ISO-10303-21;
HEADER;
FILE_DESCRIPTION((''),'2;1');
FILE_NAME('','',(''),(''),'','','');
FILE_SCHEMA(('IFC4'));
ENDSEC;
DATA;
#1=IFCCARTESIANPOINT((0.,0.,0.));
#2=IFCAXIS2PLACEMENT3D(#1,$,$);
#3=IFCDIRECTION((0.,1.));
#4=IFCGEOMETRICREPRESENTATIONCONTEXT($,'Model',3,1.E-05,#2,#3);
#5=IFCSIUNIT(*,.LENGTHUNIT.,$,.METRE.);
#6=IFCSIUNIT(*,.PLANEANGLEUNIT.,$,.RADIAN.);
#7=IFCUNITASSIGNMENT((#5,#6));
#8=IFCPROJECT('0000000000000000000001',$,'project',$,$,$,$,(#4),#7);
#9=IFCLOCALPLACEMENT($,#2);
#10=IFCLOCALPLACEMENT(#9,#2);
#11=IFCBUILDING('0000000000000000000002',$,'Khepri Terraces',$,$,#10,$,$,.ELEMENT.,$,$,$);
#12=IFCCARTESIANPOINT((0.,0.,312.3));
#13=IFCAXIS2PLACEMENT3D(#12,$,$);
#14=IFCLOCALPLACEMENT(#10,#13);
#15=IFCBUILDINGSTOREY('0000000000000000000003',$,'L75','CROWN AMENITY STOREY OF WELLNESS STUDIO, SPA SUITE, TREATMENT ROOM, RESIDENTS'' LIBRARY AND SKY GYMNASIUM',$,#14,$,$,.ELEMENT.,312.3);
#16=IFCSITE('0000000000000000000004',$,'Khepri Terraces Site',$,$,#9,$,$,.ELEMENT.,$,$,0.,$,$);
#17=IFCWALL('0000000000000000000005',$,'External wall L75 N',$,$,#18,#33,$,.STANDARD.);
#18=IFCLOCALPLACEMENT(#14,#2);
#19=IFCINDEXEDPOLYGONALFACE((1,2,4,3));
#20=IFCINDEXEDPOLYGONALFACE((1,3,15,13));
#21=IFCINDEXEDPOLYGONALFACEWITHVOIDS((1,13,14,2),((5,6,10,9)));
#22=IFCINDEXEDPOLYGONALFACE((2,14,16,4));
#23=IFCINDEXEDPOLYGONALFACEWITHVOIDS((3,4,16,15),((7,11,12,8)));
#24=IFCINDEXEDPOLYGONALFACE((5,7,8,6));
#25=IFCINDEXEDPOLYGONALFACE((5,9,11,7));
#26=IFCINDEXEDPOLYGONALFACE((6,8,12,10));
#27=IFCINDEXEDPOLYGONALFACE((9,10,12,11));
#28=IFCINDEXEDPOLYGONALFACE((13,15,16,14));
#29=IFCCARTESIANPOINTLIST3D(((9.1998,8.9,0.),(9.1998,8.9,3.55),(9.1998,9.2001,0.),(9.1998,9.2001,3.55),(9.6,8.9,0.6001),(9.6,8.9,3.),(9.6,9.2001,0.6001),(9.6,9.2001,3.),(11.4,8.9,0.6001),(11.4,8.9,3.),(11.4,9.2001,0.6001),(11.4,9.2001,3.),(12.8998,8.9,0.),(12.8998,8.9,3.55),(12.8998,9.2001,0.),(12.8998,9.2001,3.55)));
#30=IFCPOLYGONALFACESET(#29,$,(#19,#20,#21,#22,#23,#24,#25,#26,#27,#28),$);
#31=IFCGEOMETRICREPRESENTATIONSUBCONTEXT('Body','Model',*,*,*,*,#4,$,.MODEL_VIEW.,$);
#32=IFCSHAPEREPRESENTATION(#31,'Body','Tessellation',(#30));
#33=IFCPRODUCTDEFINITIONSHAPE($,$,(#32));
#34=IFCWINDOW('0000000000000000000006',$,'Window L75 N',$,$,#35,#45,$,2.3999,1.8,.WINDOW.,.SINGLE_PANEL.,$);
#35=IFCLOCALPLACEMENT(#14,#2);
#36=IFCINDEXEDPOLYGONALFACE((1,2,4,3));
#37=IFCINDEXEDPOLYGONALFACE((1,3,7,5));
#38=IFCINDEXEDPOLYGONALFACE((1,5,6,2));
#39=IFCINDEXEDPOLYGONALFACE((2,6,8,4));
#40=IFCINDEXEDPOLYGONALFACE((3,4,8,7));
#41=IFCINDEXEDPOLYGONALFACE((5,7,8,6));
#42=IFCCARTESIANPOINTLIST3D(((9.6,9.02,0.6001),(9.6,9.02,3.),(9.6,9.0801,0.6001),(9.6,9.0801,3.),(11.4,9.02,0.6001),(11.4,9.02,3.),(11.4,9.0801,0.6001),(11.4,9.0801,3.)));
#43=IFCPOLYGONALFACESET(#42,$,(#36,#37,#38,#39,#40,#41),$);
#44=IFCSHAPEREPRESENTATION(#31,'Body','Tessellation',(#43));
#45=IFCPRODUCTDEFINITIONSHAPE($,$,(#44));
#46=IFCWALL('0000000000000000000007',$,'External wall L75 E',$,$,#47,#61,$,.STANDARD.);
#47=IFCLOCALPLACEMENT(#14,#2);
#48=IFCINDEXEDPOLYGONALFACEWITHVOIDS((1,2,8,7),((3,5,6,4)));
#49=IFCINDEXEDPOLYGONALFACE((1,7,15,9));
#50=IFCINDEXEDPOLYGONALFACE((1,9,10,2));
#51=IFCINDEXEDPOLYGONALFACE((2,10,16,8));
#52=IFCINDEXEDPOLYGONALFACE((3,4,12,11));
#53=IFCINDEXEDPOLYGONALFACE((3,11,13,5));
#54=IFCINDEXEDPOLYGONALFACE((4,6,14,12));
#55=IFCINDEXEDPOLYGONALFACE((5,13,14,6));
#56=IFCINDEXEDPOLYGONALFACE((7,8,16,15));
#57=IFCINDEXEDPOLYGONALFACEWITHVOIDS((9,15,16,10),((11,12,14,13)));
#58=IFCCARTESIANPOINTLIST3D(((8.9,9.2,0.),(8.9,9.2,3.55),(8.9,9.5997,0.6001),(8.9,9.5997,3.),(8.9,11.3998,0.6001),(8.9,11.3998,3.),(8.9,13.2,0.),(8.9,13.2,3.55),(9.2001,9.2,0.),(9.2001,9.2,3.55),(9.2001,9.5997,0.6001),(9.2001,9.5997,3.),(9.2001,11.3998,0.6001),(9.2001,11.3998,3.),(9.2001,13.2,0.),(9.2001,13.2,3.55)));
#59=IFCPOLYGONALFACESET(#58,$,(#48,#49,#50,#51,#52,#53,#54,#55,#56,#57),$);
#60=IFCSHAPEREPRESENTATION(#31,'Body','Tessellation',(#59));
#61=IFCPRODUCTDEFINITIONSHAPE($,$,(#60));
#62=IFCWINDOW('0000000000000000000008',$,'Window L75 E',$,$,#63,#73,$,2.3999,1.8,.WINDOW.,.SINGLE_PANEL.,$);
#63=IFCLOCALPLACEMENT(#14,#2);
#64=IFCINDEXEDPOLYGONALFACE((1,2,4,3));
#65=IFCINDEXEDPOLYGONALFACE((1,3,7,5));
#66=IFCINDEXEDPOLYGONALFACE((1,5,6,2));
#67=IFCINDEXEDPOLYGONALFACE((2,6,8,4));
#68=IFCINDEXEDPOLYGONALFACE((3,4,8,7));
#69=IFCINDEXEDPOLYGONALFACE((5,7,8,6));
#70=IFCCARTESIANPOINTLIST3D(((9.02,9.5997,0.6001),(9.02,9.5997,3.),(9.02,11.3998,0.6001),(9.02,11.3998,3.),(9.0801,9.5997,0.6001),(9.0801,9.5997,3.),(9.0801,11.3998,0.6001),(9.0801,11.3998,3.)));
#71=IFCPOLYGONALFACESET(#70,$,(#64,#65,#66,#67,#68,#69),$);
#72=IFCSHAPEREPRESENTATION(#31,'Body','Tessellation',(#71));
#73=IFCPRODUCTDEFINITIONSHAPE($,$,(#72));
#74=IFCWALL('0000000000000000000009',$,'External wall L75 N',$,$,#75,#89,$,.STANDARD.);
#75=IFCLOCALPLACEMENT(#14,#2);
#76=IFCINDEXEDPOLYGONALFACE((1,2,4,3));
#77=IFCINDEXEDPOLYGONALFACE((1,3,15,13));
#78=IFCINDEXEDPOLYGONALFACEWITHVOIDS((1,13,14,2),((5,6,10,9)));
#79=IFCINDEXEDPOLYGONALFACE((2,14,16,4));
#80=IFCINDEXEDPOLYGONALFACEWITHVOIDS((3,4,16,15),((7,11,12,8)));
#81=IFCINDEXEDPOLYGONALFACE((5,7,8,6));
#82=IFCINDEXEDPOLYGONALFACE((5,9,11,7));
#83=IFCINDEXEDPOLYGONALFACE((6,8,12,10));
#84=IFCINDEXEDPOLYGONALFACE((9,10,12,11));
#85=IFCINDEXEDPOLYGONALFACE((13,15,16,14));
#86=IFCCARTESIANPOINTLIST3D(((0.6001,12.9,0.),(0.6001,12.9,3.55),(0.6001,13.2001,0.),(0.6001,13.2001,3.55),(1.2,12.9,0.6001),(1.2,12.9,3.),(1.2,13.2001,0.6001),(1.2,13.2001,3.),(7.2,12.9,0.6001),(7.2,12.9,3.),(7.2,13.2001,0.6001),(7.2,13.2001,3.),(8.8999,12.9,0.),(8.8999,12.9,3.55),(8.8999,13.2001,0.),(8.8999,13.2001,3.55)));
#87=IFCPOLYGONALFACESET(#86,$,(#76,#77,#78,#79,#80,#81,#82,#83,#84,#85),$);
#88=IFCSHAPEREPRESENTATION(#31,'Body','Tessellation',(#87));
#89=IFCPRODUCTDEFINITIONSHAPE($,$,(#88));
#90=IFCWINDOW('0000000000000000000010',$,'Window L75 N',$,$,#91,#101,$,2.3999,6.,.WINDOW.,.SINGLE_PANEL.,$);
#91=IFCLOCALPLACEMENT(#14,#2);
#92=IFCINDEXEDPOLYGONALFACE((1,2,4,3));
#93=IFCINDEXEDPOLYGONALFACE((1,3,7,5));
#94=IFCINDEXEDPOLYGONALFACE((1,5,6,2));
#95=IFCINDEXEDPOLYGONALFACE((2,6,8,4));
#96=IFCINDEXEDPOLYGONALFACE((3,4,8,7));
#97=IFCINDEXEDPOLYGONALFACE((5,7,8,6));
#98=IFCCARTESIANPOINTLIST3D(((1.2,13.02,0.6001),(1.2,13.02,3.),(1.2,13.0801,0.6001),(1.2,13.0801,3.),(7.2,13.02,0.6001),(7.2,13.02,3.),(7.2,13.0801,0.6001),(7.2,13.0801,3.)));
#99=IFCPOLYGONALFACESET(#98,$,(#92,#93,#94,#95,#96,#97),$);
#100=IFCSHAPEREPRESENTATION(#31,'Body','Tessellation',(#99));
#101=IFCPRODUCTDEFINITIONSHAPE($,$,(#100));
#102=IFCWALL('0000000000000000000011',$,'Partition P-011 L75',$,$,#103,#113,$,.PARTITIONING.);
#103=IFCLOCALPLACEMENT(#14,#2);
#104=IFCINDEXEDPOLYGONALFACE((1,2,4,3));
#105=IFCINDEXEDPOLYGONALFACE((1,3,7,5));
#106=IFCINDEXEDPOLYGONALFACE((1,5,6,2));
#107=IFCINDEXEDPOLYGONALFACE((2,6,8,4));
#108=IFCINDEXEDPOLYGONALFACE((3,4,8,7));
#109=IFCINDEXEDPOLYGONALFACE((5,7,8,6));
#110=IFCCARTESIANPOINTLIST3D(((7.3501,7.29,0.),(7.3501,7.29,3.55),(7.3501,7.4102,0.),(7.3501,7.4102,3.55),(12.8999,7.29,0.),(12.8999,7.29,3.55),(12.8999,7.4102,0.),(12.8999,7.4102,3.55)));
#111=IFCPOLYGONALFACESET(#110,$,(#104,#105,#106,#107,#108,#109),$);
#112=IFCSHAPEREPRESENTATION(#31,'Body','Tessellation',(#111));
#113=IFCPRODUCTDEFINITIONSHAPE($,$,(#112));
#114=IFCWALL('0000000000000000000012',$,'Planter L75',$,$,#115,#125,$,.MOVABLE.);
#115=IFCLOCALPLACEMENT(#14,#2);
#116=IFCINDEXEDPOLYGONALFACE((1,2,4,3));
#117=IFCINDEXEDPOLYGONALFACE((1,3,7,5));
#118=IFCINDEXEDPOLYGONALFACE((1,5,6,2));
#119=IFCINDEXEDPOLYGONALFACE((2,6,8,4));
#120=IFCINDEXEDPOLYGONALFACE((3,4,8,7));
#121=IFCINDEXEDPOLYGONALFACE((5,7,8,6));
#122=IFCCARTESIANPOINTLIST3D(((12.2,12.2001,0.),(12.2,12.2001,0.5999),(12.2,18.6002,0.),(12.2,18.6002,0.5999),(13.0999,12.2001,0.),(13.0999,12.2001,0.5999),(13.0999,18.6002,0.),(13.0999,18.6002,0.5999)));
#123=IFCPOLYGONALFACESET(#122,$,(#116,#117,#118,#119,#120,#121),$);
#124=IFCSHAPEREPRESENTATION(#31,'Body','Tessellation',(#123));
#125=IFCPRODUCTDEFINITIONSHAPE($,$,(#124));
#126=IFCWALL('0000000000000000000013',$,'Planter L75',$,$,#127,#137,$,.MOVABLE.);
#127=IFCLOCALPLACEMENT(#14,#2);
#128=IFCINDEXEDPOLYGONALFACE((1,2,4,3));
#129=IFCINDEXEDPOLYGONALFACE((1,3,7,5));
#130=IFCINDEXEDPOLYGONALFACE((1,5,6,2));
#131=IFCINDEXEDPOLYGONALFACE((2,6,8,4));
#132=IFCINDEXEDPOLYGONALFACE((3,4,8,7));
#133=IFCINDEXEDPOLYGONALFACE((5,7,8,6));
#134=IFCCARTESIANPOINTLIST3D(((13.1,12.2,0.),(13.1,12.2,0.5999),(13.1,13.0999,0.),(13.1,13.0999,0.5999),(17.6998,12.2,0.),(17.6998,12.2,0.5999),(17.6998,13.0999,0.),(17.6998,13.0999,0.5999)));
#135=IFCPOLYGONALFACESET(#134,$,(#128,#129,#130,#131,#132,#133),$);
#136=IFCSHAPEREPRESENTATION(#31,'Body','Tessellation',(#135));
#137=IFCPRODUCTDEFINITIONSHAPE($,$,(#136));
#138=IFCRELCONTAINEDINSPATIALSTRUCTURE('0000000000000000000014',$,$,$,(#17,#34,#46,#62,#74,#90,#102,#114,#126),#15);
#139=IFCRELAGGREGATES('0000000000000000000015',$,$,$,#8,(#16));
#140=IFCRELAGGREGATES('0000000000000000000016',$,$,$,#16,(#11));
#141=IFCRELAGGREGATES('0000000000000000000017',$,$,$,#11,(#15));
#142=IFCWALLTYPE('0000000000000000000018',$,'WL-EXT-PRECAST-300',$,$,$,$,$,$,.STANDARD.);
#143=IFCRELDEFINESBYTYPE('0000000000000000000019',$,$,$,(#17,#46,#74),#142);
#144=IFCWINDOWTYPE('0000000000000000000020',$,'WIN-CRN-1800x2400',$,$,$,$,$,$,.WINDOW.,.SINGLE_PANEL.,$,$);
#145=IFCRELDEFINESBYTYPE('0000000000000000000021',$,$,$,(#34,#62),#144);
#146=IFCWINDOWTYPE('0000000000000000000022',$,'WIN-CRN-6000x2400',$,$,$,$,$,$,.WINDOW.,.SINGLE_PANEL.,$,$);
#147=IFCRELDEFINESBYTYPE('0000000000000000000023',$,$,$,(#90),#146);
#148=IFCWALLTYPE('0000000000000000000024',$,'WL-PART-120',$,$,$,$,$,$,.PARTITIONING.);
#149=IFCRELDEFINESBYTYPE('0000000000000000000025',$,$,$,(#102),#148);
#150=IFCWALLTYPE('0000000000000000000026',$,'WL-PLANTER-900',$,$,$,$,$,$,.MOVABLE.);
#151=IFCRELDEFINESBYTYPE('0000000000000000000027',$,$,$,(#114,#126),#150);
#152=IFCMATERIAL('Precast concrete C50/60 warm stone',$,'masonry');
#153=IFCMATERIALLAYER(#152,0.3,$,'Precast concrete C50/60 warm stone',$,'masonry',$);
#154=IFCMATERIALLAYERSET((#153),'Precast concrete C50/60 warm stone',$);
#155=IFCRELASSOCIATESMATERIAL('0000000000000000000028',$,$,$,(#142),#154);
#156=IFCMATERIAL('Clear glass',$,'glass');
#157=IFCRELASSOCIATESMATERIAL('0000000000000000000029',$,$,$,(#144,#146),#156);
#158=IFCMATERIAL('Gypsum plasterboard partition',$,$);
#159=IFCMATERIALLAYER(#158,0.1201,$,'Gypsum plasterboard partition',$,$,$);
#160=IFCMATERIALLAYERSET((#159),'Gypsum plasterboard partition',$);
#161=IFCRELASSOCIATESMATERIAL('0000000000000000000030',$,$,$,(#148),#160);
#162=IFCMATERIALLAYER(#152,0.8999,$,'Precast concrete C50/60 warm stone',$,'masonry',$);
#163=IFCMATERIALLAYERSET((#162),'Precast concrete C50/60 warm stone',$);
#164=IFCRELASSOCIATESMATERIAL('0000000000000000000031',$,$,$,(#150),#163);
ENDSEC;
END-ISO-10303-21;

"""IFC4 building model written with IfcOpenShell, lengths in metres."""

from ifc_helpers import new_model, si_unit, direction, frame, frame_2d, origin, place, context, subcontext, project, spatial, rectangle, extrude, material, layer, layer_set, type_object, element, fill, save


model = new_model("IFC4")

# Units and contexts
model_context = context("Model", 3, precision=1e-05, world=origin(), true_north=direction((0.0, 1.0)))
body_context = subcontext(model_context, "Body", "Model", "MODEL_VIEW")
ifc_project = project(units=[si_unit("LENGTHUNIT", "METRE"), si_unit("PLANEANGLEUNIT", "RADIAN")], contexts=[model_context])

# Site, building, storey
site_placement = place(None, origin())
site = spatial("IfcSite", under=ifc_project, at=site_placement, Name="Khepri Terraces Site", CompositionType="ELEMENT", RefElevation=0.0)
building_placement = place(site_placement, origin())
building = spatial("IfcBuilding", under=site, at=building_placement, Name="Khepri Terraces", CompositionType="ELEMENT")
storey_placement = place(building_placement, frame((0.0, 0.0, 312.3)))
storey = spatial("IfcBuildingStorey", under=building, at=storey_placement, Name="L75", Description="CROWN AMENITY STOREY OF WELLNESS STUDIO, SPA SUITE, TREATMENT ROOM, RESIDENTS' LIBRARY AND SKY GYMNASIUM", CompositionType="ELEMENT", Elevation=312.3)

# Shared definitions
ifc_material_1 = material(Name="Precast concrete C50/60 warm stone", Category="masonry")
ifc_layer_1 = layer(ifc_material_1, 0.3, Name="Precast concrete C50/60 warm stone", Category="masonry")
ifc_layer_set_1 = layer_set([ifc_layer_1], Name="Precast concrete C50/60 warm stone")
wall_type_1 = type_object("IfcWallType", Name="WL-EXT-PRECAST-300", PredefinedType="STANDARD", material=ifc_layer_set_1)
ifc_material_2 = material(Name="Clear glass", Category="glass")
window_type_1 = type_object("IfcWindowType", Name="WIN-CRN-1800x2400", PartitioningType="SINGLE_PANEL", PredefinedType="WINDOW", material=ifc_material_2)

# Walls, openings, windows
wall_1_placement = place(storey_placement, frame((12.8999, 9.05, 0.0), z_axis=(0.0, 0.0, 1.0), x_axis=(-1.0, 0.0, 0.0)))
wall_1 = element("IfcWall", 1, at=wall_1_placement, inside=storey, type_object=wall_type_1, Name="External wall L75 N", PredefinedType="STANDARD", context=body_context, shape_type="SweptSolid", body=[
    extrude(rectangle(XDim=3.7, YDim=0.3, at=frame_2d((1.8501, 0.0))), origin(), (0.0, 0.0, 1.0), 3.55),
])
opening_1_placement = place(wall_1_placement, frame((1.5, 0.0, 0.6001)))
opening_1 = element("IfcOpeningElement", 2, at=opening_1_placement, cuts=wall_1, PredefinedType="OPENING", context=body_context, shape_type="SweptSolid", body=[
    extrude(rectangle(XDim=1.8, YDim=2.3999, at=frame_2d((0.8999, 1.2))), frame((0.0, 0.1602, 0.0), z_axis=(0.0, -1.0, 0.0), x_axis=(1.0, 0.0, 0.0)), (0.0, 0.0, 1.0), 0.3201),
])
window_1_placement = place(opening_1_placement, origin())
window_1 = element("IfcWindow", 3, at=window_1_placement, inside=storey, type_object=window_type_1, Name="Window L75 N", OverallHeight=2.3999, OverallWidth=1.8, PartitioningType="SINGLE_PANEL", PredefinedType="WINDOW", context=body_context, shape_type="SweptSolid", body=[
    extrude(rectangle(XDim=1.8, YDim=2.3999, at=frame_2d((0.8999, 1.2))), frame((0.0, 0.03, 0.0), z_axis=(0.0, -1.0, 0.0), x_axis=(1.0, 0.0, 0.0)), (0.0, 0.0, 1.0), 0.0601),
])
fill(opening_1, window_1)
wall_2_placement = place(storey_placement, frame((9.05, 9.2, 0.0), z_axis=(0.0, 0.0, 1.0), x_axis=(0.0, 1.0, 0.0)))
wall_2 = element("IfcWall", 4, at=wall_2_placement, inside=storey, type_object=wall_type_1, Name="External wall L75 E", PredefinedType="STANDARD", context=body_context, shape_type="SweptSolid", body=[
    extrude(rectangle(XDim=4.0, YDim=0.3, at=frame_2d((2.0, 0.0))), origin(), (0.0, 0.0, 1.0), 3.55),
])
opening_2_placement = place(wall_2_placement, frame((0.3999, 0.0, 0.6001)))
opening_2 = element("IfcOpeningElement", 5, at=opening_2_placement, cuts=wall_2, PredefinedType="OPENING", context=body_context, shape_type="SweptSolid", body=[
    extrude(rectangle(XDim=1.8, YDim=2.3999, at=frame_2d((0.8999, 1.2))), frame((0.0, 0.1602, 0.0), z_axis=(0.0, -1.0, 0.0), x_axis=(1.0, 0.0, 0.0)), (0.0, 0.0, 1.0), 0.3201),
])
window_2_placement = place(opening_2_placement, origin())
window_2 = element("IfcWindow", 6, at=window_2_placement, inside=storey, type_object=window_type_1, Name="Window L75 E", OverallHeight=2.3999, OverallWidth=1.8, PartitioningType="SINGLE_PANEL", PredefinedType="WINDOW", context=body_context, shape_type="SweptSolid", body=[
    extrude(rectangle(XDim=1.8, YDim=2.3999, at=frame_2d((0.8999, 1.2))), frame((0.0, 0.03, 0.0), z_axis=(0.0, -1.0, 0.0), x_axis=(1.0, 0.0, 0.0)), (0.0, 0.0, 1.0), 0.0601),
])
fill(opening_2, window_2)
wall_3_placement = place(storey_placement, frame((8.8999, 13.05, 0.0), z_axis=(0.0, 0.0, 1.0), x_axis=(-1.0, 0.0, 0.0)))
wall_3 = element("IfcWall", 7, at=wall_3_placement, inside=storey, type_object=wall_type_1, Name="External wall L75 N", PredefinedType="STANDARD", context=body_context, shape_type="SweptSolid", body=[
    extrude(rectangle(XDim=8.2998, YDim=0.3, at=frame_2d((4.1499, 0.0))), origin(), (0.0, 0.0, 1.0), 3.55),
])
opening_3_placement = place(wall_3_placement, frame((1.7, 0.0, 0.6001)))
opening_3 = element("IfcOpeningElement", 8, at=opening_3_placement, cuts=wall_3, PredefinedType="OPENING", context=body_context, shape_type="SweptSolid", body=[
    extrude(rectangle(XDim=6.0, YDim=2.3999, at=frame_2d((3.0, 1.2))), frame((0.0, 0.1602, 0.0), z_axis=(0.0, -1.0, 0.0), x_axis=(1.0, 0.0, 0.0)), (0.0, 0.0, 1.0), 0.3201),
])
window_type_2 = type_object("IfcWindowType", Name="WIN-CRN-6000x2400", PartitioningType="SINGLE_PANEL", PredefinedType="WINDOW", material=ifc_material_2)
window_3_placement = place(opening_3_placement, origin())
window_3 = element("IfcWindow", 9, at=window_3_placement, inside=storey, type_object=window_type_2, Name="Window L75 N", OverallHeight=2.3999, OverallWidth=6.0, PartitioningType="SINGLE_PANEL", PredefinedType="WINDOW", context=body_context, shape_type="SweptSolid", body=[
    extrude(rectangle(XDim=6.0, YDim=2.3999, at=frame_2d((3.0, 1.2))), frame((0.0, 0.03, 0.0), z_axis=(0.0, -1.0, 0.0), x_axis=(1.0, 0.0, 0.0)), (0.0, 0.0, 1.0), 0.0601),
])
fill(opening_3, window_3)

# Walls
ifc_material_3 = material(Name="Gypsum plasterboard partition")
ifc_layer_2 = layer(ifc_material_3, 0.1201, Name="Gypsum plasterboard partition")
ifc_layer_set_2 = layer_set([ifc_layer_2], Name="Gypsum plasterboard partition")
wall_type_2 = type_object("IfcWallType", Name="WL-PART-120", PredefinedType="PARTITIONING", material=ifc_layer_set_2)
wall_4_placement = place(storey_placement, frame((7.3501, 7.3501, 0.0), z_axis=(0.0, 0.0, 1.0), x_axis=(1.0, 0.0, 0.0)))
element("IfcWall", 10, at=wall_4_placement, inside=storey, type_object=wall_type_2, Name="Partition P-011 L75", PredefinedType="PARTITIONING", context=body_context, shape_type="SweptSolid", body=[
    extrude(rectangle(XDim=5.5498, YDim=0.1201, at=frame_2d((2.7749, 0.0))), origin(), (0.0, 0.0, 1.0), 3.55),
])
ifc_layer_3 = layer(ifc_material_1, 0.8999, Name="Precast concrete C50/60 warm stone", Category="masonry")
ifc_layer_set_3 = layer_set([ifc_layer_3], Name="Precast concrete C50/60 warm stone")
wall_type_3 = type_object("IfcWallType", Name="WL-PLANTER-900", PredefinedType="MOVABLE", material=ifc_layer_set_3)
wall_5_placement = place(storey_placement, frame((12.6499, 12.2, 0.0), z_axis=(0.0, 0.0, 1.0), x_axis=(0.0, 1.0, 0.0)))
element("IfcWall", 11, at=wall_5_placement, inside=storey, type_object=wall_type_3, Name="Planter L75", PredefinedType="MOVABLE", context=body_context, shape_type="SweptSolid", body=[
    extrude(rectangle(XDim=6.4001, YDim=0.8999, at=frame_2d((3.2002, 0.0))), origin(), (0.0, 0.0, 1.0), 0.5999),
])
wall_6_placement = place(storey_placement, frame((13.1001, 12.6499, 0.0), z_axis=(0.0, 0.0, 1.0), x_axis=(1.0, 0.0, 0.0)))
element("IfcWall", 12, at=wall_6_placement, inside=storey, type_object=wall_type_3, Name="Planter L75", PredefinedType="MOVABLE", context=body_context, shape_type="SweptSolid", body=[
    extrude(rectangle(XDim=4.5999, YDim=0.8999, at=frame_2d((2.2998, 0.0))), origin(), (0.0, 0.0, 1.0), 0.5999),
])

save(model, "model.ifc")
